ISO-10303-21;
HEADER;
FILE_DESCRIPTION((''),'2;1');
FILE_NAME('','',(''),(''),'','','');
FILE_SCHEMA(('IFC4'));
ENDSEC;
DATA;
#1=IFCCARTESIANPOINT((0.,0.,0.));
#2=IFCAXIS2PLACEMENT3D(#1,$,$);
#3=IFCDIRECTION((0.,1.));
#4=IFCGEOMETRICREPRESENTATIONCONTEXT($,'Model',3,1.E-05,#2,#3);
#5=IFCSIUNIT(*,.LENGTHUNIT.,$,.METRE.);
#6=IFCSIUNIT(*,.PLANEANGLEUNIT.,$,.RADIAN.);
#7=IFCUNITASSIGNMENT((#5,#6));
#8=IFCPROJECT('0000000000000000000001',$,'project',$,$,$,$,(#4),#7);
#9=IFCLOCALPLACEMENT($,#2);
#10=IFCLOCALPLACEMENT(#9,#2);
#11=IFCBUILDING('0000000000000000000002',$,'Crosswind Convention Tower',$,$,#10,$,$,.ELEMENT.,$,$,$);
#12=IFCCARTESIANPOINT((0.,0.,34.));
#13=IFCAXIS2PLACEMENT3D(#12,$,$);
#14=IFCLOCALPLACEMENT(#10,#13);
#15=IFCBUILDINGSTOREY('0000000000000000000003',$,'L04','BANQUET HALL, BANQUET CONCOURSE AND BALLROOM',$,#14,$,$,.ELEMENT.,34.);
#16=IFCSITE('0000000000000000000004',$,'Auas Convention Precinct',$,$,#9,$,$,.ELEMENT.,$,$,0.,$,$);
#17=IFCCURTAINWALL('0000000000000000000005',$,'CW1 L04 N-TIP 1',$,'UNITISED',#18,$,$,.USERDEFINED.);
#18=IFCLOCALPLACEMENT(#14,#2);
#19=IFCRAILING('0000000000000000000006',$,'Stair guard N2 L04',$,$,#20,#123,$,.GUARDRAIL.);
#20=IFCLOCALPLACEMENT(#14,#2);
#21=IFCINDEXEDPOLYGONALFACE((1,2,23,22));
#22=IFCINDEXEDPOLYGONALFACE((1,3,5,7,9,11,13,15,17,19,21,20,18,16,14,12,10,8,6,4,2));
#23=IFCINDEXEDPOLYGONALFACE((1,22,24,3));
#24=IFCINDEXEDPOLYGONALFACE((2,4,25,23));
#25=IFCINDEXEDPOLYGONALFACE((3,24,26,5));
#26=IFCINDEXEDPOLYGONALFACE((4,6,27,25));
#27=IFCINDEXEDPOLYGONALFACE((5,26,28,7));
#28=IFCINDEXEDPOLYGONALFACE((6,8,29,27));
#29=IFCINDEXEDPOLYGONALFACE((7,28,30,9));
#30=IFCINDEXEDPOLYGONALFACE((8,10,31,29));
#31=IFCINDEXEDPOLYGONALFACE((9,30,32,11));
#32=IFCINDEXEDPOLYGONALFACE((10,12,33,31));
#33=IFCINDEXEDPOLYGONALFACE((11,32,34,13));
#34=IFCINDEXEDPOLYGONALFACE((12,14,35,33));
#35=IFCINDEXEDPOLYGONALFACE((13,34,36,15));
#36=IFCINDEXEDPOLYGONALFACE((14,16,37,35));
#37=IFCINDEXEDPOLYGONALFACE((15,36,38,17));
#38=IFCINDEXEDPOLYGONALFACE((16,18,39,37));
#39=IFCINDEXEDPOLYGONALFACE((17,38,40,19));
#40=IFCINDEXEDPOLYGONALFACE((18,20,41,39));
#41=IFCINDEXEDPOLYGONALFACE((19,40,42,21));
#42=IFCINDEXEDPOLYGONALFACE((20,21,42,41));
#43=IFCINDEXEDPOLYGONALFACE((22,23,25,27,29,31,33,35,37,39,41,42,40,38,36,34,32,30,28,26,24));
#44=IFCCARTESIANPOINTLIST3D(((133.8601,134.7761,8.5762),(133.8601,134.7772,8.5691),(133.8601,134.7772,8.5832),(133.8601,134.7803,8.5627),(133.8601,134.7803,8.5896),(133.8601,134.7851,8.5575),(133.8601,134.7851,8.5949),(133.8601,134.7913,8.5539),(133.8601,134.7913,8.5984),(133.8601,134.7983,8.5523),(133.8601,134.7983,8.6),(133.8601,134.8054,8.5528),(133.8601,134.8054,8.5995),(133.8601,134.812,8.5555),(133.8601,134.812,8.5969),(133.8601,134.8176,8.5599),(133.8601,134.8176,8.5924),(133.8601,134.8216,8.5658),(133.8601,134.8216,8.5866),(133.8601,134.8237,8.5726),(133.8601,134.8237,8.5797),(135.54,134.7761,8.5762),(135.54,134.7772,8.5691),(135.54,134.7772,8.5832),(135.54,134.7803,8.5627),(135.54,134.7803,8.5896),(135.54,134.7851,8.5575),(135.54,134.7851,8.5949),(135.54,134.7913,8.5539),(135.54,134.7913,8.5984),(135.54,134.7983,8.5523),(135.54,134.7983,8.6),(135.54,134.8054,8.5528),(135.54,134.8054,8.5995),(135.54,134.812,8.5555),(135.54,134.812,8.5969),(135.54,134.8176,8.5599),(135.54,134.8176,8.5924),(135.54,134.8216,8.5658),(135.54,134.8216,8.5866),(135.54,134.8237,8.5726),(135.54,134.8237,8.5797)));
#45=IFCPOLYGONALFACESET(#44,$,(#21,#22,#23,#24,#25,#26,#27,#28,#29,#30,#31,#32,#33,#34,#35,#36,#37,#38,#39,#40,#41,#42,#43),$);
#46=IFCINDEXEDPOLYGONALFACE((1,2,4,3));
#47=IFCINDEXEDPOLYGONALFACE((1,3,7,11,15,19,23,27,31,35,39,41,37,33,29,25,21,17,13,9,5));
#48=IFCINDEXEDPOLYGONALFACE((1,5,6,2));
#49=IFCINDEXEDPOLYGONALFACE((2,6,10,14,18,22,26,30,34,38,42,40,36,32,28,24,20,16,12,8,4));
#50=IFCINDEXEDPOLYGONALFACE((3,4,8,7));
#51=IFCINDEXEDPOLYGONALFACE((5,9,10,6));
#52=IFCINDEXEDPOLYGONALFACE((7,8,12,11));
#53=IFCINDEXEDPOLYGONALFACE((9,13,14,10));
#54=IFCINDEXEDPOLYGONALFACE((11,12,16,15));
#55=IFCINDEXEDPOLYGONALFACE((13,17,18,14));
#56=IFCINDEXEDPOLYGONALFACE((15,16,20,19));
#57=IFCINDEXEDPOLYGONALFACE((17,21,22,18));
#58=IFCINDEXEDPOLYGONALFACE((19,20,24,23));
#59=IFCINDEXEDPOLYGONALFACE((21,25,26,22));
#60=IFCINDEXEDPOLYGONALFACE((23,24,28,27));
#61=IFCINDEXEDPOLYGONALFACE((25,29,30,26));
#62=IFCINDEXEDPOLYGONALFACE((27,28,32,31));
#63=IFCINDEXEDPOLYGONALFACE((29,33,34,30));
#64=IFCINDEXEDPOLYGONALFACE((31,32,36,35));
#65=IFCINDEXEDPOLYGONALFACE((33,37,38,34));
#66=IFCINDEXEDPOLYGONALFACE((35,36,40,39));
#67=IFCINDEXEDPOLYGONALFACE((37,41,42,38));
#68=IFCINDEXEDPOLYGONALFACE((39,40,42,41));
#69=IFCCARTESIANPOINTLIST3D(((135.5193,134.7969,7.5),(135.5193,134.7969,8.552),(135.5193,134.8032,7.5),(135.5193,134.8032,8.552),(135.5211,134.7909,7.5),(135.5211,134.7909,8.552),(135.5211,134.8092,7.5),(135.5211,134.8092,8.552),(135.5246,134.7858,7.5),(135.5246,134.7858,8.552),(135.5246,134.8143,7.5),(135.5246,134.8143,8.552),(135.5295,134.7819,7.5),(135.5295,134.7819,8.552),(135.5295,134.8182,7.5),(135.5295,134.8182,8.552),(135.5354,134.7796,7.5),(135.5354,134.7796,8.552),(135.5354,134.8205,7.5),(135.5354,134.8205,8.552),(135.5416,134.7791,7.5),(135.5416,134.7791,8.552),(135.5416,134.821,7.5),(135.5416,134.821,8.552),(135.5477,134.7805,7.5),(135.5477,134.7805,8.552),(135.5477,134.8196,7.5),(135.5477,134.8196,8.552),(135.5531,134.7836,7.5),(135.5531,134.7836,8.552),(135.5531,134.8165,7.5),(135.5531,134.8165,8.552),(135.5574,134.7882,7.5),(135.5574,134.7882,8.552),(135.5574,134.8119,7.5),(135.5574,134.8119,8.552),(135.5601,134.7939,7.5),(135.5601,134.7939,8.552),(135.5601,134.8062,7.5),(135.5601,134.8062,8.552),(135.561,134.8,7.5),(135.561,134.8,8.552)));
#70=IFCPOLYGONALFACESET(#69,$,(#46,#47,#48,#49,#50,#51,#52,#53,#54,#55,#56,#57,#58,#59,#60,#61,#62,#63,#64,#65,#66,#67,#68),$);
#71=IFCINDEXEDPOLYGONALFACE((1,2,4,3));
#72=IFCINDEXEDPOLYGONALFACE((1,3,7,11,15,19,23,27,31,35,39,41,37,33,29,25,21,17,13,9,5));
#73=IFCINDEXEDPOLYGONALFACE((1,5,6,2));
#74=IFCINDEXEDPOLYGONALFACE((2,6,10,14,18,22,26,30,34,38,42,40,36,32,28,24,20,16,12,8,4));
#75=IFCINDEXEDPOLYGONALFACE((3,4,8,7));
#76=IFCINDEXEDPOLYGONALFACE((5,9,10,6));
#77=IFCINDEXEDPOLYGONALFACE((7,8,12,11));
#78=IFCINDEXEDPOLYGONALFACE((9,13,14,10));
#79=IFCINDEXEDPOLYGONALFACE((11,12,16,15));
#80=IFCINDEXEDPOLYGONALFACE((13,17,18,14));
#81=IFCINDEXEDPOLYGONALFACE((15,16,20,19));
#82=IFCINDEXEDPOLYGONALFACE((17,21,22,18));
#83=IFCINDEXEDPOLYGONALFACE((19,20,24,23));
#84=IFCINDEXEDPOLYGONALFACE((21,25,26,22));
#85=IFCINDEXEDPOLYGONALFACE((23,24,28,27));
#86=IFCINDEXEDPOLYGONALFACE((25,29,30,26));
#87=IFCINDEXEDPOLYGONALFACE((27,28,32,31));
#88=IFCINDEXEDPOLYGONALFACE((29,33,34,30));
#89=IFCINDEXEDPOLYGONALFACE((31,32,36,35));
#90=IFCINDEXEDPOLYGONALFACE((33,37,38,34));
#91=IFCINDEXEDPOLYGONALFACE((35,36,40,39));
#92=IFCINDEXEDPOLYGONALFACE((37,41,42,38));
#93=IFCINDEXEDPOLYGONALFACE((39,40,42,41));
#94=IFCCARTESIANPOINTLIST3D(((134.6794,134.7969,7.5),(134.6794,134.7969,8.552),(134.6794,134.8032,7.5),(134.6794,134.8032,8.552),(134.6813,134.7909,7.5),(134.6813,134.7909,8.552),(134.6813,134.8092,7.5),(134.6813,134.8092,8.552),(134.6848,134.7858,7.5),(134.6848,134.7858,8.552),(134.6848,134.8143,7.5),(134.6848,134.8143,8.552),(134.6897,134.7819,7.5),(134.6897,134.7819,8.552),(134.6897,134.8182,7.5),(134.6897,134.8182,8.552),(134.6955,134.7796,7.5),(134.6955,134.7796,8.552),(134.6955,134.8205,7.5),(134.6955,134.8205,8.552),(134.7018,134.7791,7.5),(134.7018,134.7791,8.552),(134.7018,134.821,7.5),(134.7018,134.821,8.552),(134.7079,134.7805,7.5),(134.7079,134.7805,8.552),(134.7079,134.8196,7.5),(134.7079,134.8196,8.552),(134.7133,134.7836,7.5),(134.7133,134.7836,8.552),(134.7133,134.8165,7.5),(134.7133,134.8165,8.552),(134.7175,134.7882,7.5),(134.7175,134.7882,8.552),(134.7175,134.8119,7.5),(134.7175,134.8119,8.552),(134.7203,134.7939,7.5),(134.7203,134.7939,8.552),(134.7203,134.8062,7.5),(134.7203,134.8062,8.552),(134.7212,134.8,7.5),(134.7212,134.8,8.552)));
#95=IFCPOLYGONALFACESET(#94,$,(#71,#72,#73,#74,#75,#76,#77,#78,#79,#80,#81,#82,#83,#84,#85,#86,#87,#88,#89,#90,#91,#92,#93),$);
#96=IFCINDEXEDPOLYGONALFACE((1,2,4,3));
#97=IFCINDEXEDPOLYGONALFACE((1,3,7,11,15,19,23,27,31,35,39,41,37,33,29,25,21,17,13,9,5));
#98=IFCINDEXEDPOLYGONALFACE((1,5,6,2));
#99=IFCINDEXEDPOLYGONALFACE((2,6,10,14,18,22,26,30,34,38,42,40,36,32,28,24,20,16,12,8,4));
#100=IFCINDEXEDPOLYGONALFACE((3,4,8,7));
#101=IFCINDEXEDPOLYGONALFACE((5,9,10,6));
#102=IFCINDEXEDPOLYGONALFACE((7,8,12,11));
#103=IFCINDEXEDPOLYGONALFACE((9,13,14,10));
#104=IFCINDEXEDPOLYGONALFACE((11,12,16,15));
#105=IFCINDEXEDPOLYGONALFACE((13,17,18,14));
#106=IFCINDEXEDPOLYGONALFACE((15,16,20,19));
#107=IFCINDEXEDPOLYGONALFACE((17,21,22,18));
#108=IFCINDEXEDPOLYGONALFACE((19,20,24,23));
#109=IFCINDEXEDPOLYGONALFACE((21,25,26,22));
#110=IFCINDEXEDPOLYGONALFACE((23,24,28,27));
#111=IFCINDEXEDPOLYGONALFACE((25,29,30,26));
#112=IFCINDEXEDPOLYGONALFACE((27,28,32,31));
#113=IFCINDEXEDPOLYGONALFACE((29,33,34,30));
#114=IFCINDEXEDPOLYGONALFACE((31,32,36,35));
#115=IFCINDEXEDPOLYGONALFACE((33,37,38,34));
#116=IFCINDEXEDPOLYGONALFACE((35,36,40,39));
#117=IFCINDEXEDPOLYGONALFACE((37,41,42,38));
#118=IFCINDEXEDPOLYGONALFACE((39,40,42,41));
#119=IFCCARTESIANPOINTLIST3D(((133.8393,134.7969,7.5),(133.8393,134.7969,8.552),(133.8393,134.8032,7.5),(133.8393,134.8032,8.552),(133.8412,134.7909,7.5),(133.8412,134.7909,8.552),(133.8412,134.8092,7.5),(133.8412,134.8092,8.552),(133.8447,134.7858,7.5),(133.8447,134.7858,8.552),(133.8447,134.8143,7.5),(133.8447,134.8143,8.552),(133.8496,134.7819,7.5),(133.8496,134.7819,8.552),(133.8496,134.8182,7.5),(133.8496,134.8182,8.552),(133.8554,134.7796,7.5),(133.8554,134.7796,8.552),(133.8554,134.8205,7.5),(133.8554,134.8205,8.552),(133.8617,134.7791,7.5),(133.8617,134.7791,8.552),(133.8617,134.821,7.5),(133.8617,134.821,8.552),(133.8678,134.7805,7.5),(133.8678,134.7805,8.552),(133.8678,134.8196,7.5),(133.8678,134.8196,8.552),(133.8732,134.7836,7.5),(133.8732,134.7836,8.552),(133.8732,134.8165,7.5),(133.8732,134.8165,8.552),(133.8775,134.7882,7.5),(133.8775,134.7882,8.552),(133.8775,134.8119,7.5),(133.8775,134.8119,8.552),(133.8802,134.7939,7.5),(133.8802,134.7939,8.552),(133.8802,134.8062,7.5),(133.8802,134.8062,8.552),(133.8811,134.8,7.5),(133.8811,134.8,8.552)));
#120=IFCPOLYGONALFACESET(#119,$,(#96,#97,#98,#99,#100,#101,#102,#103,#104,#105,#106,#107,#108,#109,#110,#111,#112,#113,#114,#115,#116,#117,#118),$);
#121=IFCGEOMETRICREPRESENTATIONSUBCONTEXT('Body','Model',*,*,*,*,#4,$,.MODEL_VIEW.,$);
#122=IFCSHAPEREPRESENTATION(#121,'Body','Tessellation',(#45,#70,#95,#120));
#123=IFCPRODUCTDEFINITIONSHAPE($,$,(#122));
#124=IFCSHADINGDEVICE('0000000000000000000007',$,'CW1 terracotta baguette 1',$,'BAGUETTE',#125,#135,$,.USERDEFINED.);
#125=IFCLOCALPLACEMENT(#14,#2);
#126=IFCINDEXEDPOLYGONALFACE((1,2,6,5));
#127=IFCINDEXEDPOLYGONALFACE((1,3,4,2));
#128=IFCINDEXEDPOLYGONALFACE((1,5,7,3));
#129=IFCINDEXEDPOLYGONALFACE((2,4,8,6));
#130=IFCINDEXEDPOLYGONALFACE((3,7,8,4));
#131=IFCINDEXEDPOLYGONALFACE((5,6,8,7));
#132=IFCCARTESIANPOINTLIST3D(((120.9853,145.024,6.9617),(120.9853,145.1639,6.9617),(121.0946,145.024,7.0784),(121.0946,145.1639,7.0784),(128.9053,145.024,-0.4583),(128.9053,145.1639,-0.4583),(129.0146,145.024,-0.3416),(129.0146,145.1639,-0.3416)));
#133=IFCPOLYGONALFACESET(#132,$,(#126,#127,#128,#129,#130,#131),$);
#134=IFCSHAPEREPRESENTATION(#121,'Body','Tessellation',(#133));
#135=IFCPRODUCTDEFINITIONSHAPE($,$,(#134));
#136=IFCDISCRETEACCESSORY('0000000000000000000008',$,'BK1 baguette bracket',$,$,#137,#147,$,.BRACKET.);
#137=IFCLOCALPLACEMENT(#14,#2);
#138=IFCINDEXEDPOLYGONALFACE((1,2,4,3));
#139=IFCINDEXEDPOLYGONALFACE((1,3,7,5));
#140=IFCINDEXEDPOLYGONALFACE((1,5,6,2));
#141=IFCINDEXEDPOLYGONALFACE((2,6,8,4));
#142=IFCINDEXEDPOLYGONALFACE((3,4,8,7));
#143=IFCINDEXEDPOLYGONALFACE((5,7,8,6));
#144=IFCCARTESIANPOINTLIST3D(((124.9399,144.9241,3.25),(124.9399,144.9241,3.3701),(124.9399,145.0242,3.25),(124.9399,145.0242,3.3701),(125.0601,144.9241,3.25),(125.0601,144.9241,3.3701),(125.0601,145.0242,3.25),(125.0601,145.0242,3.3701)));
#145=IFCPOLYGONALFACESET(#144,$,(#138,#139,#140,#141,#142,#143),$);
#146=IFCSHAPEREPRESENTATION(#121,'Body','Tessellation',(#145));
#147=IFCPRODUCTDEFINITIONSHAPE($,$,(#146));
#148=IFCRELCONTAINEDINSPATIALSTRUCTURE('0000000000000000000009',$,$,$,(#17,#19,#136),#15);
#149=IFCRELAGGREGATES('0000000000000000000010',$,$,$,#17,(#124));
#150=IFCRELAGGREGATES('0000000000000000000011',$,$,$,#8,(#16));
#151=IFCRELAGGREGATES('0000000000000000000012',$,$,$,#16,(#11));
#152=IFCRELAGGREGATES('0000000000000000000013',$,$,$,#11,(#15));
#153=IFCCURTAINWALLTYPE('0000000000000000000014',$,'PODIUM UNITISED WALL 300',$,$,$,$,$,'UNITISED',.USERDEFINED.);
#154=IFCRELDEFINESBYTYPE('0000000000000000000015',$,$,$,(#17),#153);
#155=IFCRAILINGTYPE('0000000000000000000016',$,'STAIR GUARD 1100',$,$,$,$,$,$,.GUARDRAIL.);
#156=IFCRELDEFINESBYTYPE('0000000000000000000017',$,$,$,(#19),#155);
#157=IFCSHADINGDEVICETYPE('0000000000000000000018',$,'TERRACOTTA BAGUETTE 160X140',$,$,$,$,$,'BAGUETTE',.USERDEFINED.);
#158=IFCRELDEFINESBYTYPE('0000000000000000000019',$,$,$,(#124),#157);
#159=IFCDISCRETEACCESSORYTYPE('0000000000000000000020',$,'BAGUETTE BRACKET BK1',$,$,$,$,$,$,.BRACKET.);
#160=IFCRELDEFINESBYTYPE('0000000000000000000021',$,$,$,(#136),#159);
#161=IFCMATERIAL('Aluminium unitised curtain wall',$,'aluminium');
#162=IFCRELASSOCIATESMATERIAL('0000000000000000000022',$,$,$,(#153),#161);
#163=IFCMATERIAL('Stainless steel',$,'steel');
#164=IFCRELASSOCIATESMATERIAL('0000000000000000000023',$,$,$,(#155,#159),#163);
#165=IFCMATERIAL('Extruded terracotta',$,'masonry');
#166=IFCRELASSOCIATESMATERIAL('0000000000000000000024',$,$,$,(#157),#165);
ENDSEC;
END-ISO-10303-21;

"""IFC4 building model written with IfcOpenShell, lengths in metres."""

from ifc_helpers import new_model, si_unit, direction, frame, origin, origin_2d, place, context, subcontext, project, spatial, rectangle, circle, extrude, material, material_profile, profile_set, type_object, element, aggregate, save


model = new_model("IFC4")

# Units and contexts
model_context = context("Model", 3, precision=1e-05, world=origin(), true_north=direction((0.0, 1.0)))
body_context = subcontext(model_context, "Body", "Model", "MODEL_VIEW")
ifc_project = project(units=[si_unit("LENGTHUNIT", "METRE"), si_unit("PLANEANGLEUNIT", "RADIAN")], contexts=[model_context])

# Site, building, storey
site_placement = place(None, origin())
site = spatial("IfcSite", under=ifc_project, at=site_placement, Name="Auas Convention Precinct", CompositionType="ELEMENT", RefElevation=0.0)
building_placement = place(site_placement, origin())
building = spatial("IfcBuilding", under=site, at=building_placement, Name="Crosswind Convention Tower", CompositionType="ELEMENT")
storey_placement = place(building_placement, frame((0.0, 0.0, 34.0)))
storey = spatial("IfcBuildingStorey", under=building, at=storey_placement, Name="L04", Description="BANQUET HALL, BANQUET CONCOURSE AND BALLROOM", CompositionType="ELEMENT", Elevation=34.0)

# Curtain wall
ifc_material_1 = material(Name="Aluminium unitised curtain wall", Category="aluminium")
curtain_wall_type = type_object("IfcCurtainWallType", Name="PODIUM UNITISED WALL 300", ElementType="UNITISED", PredefinedType="USERDEFINED", material=ifc_material_1)
curtain_wall_placement = place(storey_placement, origin())
curtain_wall = element("IfcCurtainWall", 1, at=curtain_wall_placement, inside=storey, type_object=curtain_wall_type, Name="CW1 L04 N-TIP 1", ObjectType="UNITISED", PredefinedType="USERDEFINED")

# Railing
ifc_material_2 = material(Name="Stainless steel", Category="steel")
railing_type_1 = type_object("IfcRailingType", Name="STAIR GUARD 1100", PredefinedType="GUARDRAIL", material=ifc_material_2)
railing_placement = place(storey_placement, frame((135.54, 134.8, 7.5)))
element("IfcRailing", 2, at=railing_placement, inside=storey, type_object=railing_type_1, Name="Stair guard N2 L04", PredefinedType="GUARDRAIL", context=body_context, shape_type="SweptSolid", body=[
    extrude(circle(Radius=0.0239, at=origin_2d()), frame((0.0, 0.0, 1.0762), z_axis=(-1.0, 0.0, 0.0), x_axis=(0.0, -1.0, 0.0)), (0.0, 0.0, 1.0), 1.6799),
    extrude(circle(Radius=0.021, at=origin_2d()), origin(), (0.0, 0.0, 1.0), 1.052),
    extrude(circle(Radius=0.021, at=origin_2d()), frame((-0.8398, 0.0, 0.0)), (0.0, 0.0, 1.0), 1.052),
    extrude(circle(Radius=0.021, at=origin_2d()), frame((-1.6799, 0.0, 0.0)), (0.0, 0.0, 1.0), 1.052),
])

# Shading device
ifc_material_3 = material(Name="Extruded terracotta", Category="masonry")
ifc_material_profile_1 = material_profile(ifc_material_3, rectangle(XDim=0.1399, YDim=0.1599, at=origin_2d()), Name="TC 140X160")
ifc_profile_set_1 = profile_set([ifc_material_profile_1], Name="Extruded terracotta")
shading_device_type = type_object("IfcShadingDeviceType", Name="TERRACOTTA BAGUETTE 160X140", ElementType="BAGUETTE", PredefinedType="USERDEFINED", material=ifc_profile_set_1)
shading_device_placement = place(storey_placement, frame((128.96, 145.094, -0.3999), z_axis=(-0.729767, 0.0, 0.683696), x_axis=(0.0, -1.0, 0.0)))
shading_device = element("IfcShadingDevice", 3, at=shading_device_placement, type_object=shading_device_type, Name="CW1 terracotta baguette 1", ObjectType="BAGUETTE", PredefinedType="USERDEFINED", context=body_context, shape_type="SweptSolid", body=[
    extrude(rectangle(XDim=0.1399, YDim=0.1599, at=origin_2d()), origin(), (0.0, 0.0, 1.0), 10.8528),
])
aggregate(curtain_wall, [shading_device])

# Discrete accessory
discrete_accessory_type = type_object("IfcDiscreteAccessoryType", Name="BAGUETTE BRACKET BK1", PredefinedType="BRACKET", material=ifc_material_2)
discrete_accessory_placement = place(storey_placement, frame((125.0, 144.9741, 3.25), z_axis=(0.0, 0.0, 1.0), x_axis=(-1.0, 0.0, 0.0)))
element("IfcDiscreteAccessory", 4, at=discrete_accessory_placement, inside=storey, type_object=discrete_accessory_type, Name="BK1 baguette bracket", PredefinedType="BRACKET", context=body_context, shape_type="SweptSolid", body=[
    extrude(rectangle(XDim=0.1201, YDim=0.1001, at=origin_2d()), origin(), (0.0, 0.0, 1.0), 0.1201),
])

save(model, "model.ifc")
